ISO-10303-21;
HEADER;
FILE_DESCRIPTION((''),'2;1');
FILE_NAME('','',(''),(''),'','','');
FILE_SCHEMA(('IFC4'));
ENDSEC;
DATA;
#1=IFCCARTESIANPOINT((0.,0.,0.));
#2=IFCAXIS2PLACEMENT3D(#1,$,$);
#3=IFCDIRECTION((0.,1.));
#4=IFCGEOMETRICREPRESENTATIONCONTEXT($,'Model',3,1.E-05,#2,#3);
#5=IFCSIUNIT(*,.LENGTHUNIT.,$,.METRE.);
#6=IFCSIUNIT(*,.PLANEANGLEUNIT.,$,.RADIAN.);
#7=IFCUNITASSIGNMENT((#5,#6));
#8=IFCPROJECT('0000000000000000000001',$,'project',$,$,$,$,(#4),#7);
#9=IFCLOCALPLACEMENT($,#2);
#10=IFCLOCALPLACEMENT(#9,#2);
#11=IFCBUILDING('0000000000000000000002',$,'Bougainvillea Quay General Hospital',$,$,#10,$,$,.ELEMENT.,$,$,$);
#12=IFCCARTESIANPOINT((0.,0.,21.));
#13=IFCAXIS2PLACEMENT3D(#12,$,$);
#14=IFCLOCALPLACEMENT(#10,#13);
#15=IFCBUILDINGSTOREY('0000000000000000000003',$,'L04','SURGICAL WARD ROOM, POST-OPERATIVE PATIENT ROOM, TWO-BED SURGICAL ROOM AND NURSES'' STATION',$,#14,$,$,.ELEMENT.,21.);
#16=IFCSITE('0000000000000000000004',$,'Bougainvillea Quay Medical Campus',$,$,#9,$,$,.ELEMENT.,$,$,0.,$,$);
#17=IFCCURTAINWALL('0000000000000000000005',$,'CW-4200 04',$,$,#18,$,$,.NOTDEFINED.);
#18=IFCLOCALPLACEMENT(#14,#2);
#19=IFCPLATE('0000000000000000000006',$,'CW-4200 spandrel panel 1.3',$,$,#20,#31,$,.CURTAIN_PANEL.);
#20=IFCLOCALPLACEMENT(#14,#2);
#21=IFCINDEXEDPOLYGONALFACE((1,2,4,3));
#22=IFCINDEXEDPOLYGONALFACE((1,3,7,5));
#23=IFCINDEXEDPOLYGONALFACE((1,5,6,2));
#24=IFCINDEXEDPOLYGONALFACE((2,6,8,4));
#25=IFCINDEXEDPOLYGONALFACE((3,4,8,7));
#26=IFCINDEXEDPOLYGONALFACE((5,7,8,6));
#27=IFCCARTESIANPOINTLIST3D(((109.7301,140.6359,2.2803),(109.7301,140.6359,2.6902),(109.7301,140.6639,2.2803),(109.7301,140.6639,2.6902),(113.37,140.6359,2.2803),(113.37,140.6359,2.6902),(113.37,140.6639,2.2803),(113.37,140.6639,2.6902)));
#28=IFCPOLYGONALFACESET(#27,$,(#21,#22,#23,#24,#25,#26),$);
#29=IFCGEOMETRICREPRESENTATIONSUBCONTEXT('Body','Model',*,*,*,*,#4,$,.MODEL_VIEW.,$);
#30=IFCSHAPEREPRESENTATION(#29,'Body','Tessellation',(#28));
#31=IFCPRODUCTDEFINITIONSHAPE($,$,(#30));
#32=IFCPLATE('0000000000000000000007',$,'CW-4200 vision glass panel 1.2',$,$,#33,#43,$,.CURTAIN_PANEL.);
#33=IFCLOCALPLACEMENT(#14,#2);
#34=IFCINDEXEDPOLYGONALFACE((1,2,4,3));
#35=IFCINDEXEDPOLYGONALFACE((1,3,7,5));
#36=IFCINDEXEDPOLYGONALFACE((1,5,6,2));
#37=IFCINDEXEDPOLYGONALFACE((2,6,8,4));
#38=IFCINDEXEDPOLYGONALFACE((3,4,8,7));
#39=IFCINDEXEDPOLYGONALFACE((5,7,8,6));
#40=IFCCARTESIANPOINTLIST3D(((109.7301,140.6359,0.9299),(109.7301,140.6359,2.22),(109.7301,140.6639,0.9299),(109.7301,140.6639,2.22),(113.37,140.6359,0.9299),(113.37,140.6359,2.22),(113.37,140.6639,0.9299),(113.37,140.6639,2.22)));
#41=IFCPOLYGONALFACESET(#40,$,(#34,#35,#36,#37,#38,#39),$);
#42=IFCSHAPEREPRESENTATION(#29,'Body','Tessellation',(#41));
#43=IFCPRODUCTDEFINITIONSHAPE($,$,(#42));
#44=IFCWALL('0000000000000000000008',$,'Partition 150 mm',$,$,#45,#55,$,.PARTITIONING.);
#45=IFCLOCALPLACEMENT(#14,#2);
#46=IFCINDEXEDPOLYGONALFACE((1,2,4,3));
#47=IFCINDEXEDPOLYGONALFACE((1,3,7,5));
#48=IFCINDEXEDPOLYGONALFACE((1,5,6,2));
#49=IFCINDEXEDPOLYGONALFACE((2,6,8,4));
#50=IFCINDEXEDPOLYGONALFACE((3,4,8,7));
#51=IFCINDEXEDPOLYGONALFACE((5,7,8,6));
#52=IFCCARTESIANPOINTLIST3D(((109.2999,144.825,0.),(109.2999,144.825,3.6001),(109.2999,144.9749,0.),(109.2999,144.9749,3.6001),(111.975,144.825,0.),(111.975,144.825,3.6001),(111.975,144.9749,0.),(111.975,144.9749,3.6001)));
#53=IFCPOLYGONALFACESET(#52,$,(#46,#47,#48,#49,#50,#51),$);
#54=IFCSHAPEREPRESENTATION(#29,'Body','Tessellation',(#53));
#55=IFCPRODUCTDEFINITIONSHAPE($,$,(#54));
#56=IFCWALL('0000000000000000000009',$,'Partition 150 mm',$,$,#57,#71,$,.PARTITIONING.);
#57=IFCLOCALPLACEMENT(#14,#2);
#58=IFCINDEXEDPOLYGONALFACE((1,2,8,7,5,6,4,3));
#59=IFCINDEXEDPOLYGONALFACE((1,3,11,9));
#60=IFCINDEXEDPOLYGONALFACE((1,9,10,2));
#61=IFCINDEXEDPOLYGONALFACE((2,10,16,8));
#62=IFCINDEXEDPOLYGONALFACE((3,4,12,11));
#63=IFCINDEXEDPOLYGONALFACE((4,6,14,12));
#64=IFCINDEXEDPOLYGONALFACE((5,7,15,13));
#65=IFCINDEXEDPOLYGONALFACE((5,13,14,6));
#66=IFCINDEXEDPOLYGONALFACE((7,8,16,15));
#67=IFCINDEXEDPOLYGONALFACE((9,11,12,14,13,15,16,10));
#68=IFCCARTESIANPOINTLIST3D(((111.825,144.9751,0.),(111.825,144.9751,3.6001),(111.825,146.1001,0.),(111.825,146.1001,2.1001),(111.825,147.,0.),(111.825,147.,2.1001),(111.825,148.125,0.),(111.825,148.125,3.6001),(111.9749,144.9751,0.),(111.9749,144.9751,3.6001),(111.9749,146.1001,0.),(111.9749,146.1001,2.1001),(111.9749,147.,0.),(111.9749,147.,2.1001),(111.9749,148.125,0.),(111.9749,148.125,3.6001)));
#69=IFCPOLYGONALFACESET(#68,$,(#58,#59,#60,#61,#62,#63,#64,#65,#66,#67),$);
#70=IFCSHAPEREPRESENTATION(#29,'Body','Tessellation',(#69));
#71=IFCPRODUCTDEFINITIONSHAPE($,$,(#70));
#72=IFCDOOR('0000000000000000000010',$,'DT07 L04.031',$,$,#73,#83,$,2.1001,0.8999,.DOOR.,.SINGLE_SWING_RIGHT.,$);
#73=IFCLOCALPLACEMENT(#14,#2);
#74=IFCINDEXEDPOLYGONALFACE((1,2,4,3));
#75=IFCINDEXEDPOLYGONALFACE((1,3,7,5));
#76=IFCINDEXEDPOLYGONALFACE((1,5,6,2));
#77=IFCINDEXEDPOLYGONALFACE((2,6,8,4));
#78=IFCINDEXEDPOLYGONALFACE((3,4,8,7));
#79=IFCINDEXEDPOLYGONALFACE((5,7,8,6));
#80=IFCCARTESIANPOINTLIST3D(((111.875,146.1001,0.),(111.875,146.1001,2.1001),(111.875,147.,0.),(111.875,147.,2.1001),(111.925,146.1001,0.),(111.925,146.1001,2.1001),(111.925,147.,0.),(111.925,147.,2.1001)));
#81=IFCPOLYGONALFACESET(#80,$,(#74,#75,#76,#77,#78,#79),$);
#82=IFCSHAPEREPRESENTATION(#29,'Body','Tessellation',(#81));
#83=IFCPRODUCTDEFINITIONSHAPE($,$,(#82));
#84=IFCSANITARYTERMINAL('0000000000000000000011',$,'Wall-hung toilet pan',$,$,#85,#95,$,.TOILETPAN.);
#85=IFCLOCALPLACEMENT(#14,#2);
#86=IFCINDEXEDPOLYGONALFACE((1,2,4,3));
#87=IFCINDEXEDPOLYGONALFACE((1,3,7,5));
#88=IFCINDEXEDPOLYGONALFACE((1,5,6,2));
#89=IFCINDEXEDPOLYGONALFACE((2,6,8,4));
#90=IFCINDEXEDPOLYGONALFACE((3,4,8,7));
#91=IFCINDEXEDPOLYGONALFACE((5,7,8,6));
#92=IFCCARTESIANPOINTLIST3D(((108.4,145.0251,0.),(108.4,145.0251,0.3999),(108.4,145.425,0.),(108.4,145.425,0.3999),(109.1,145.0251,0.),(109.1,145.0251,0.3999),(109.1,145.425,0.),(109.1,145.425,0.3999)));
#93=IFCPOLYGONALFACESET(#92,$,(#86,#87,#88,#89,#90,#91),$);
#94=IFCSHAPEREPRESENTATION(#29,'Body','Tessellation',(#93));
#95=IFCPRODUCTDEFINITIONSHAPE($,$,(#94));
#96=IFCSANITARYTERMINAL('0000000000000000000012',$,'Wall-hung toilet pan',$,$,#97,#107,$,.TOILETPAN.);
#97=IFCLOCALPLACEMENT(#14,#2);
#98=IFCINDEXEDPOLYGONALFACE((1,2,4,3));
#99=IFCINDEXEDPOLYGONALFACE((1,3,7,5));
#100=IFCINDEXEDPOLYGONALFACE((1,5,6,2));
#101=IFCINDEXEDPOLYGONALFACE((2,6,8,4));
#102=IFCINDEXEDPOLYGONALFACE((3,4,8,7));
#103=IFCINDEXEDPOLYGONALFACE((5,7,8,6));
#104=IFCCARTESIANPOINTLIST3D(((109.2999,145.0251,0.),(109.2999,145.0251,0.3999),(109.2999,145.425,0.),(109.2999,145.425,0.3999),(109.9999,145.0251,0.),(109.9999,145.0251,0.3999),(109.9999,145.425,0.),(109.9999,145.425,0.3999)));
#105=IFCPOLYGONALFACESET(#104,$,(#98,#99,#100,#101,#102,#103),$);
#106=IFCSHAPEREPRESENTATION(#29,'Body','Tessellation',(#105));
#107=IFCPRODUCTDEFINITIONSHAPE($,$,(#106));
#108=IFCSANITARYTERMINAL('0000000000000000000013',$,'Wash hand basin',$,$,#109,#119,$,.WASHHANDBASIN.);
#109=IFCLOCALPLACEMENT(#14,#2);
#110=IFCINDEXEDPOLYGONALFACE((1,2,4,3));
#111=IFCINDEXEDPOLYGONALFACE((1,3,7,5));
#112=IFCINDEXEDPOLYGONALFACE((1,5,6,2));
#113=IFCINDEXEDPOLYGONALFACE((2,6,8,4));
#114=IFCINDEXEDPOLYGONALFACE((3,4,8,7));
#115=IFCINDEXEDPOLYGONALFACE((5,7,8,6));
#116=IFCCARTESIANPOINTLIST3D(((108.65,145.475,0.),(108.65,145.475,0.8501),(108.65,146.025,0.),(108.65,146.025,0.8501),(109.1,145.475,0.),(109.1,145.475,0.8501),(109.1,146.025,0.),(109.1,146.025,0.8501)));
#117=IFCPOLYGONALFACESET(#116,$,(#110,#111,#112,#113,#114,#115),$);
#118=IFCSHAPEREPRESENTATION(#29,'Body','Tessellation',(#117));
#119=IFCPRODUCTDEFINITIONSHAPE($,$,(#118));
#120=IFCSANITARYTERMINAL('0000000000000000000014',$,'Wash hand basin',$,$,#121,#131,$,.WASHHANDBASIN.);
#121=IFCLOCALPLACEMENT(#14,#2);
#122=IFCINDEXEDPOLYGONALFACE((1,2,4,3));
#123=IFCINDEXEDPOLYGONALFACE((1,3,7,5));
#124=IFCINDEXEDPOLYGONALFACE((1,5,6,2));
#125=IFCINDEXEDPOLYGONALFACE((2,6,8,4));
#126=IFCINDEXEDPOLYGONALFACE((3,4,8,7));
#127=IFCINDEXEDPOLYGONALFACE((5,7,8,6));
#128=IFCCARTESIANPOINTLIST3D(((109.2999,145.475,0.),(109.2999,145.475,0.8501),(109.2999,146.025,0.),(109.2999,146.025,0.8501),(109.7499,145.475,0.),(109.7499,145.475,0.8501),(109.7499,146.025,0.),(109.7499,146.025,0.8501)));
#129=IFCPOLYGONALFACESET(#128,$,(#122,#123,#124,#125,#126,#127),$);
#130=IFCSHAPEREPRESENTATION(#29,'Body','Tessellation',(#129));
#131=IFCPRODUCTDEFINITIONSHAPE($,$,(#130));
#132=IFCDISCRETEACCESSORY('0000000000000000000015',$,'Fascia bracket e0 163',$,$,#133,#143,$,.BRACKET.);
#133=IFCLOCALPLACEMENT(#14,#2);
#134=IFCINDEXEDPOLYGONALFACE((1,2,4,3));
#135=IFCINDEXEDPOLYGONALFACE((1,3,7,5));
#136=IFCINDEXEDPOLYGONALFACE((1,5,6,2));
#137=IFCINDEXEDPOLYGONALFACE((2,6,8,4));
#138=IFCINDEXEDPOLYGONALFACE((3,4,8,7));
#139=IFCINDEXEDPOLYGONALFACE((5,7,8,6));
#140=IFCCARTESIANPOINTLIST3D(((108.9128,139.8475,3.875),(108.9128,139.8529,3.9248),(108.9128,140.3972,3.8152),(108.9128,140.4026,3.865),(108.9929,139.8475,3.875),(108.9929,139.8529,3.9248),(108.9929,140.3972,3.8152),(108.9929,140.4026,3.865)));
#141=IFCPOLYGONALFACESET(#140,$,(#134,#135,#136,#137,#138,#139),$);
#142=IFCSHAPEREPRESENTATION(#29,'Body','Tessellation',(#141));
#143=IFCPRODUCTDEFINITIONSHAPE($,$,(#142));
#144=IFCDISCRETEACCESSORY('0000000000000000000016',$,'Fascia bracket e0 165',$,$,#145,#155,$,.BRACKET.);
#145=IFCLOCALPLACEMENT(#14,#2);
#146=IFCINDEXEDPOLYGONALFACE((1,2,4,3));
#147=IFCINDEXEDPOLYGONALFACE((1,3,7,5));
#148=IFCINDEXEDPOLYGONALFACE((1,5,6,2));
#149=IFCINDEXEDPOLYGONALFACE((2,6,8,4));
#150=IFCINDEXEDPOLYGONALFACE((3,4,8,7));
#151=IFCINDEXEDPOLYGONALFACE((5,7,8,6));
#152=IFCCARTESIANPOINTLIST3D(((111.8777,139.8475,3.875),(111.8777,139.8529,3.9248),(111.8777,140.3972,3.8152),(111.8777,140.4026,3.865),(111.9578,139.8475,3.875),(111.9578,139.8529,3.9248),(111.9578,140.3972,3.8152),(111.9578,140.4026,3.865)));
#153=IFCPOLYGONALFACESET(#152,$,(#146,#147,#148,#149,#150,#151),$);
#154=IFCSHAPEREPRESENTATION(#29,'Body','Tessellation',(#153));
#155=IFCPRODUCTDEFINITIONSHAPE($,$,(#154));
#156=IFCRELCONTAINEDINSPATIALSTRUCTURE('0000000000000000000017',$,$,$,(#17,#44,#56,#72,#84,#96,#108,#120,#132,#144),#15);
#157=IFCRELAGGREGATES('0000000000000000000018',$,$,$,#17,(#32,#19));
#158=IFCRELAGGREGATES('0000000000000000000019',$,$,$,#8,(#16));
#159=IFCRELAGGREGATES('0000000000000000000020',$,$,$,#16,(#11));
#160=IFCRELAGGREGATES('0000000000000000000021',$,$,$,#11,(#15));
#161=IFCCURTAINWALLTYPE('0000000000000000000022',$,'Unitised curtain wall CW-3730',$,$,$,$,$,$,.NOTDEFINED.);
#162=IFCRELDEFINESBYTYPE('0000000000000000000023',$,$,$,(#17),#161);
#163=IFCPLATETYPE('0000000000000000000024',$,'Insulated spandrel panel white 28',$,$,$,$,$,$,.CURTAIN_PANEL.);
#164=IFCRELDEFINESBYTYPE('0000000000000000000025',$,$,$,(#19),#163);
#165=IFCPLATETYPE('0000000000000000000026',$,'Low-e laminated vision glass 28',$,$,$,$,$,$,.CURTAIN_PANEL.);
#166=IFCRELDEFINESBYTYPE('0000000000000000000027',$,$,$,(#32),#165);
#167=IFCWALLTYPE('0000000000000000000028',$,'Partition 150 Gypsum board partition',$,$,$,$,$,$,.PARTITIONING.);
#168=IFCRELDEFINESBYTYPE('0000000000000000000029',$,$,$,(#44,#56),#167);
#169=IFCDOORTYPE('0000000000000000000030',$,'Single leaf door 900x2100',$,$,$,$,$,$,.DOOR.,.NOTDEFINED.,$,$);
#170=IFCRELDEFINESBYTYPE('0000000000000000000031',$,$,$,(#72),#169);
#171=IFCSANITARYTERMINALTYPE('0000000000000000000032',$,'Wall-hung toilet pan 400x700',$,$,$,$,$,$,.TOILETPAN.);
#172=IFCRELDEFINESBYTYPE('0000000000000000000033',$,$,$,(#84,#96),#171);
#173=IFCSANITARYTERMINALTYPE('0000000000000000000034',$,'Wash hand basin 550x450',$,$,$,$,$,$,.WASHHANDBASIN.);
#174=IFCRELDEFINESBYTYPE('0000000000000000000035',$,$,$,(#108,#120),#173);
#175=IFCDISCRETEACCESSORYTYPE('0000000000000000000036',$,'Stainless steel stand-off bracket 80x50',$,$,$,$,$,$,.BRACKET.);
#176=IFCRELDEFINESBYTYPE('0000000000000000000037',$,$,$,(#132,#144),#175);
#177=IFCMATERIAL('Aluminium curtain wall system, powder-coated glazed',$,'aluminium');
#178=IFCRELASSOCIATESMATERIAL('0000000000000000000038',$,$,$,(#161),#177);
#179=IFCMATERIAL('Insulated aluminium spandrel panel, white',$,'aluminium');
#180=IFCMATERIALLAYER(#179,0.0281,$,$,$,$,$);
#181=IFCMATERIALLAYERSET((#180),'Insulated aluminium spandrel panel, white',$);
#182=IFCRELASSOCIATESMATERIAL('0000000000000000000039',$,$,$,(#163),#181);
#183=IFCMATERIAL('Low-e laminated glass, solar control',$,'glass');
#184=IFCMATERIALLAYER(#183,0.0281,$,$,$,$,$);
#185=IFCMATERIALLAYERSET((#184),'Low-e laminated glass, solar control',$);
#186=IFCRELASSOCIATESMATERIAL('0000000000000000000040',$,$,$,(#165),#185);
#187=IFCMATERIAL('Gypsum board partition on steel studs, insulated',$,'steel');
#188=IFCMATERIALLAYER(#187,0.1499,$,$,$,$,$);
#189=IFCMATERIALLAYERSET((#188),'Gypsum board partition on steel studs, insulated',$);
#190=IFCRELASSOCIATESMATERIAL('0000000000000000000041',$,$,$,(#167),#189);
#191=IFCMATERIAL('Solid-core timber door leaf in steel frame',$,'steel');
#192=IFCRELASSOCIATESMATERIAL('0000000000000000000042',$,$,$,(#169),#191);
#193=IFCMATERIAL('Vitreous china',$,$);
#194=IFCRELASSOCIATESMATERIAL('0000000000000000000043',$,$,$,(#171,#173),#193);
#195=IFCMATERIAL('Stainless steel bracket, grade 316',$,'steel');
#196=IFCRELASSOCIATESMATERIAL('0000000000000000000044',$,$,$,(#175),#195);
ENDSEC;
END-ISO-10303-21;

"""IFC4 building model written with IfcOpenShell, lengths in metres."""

from ifc_helpers import new_model, si_unit, direction, frame, frame_2d, origin, origin_2d, place, context, subcontext, project, spatial, rectangle, extrude, material, layer, layer_set, material_profile, profile_set, type_object, element, fill, aggregate, save


model = new_model("IFC4")

# Units and contexts
model_context = context("Model", 3, precision=1e-05, world=origin(), true_north=direction((0.0, 1.0)))
body_context = subcontext(model_context, "Body", "Model", "MODEL_VIEW")
ifc_project = project(units=[si_unit("LENGTHUNIT", "METRE"), si_unit("PLANEANGLEUNIT", "RADIAN")], contexts=[model_context])

# Site, building, storey
site_placement = place(None, origin())
site = spatial("IfcSite", under=ifc_project, at=site_placement, Name="Bougainvillea Quay Medical Campus", CompositionType="ELEMENT", RefElevation=0.0)
building_placement = place(site_placement, origin())
building = spatial("IfcBuilding", under=site, at=building_placement, Name="Bougainvillea Quay General Hospital", CompositionType="ELEMENT")
storey_placement = place(building_placement, frame((0.0, 0.0, 21.0)))
storey = spatial("IfcBuildingStorey", under=building, at=storey_placement, Name="L04", Description="SURGICAL WARD ROOM, POST-OPERATIVE PATIENT ROOM, TWO-BED SURGICAL ROOM AND NURSES' STATION", CompositionType="ELEMENT", Elevation=21.0)

# Shared definitions
ifc_material_1 = material(Name="Aluminium curtain wall system, powder-coated glazed", Category="aluminium")
curtain_wall_type = type_object("IfcCurtainWallType", Name="Unitised curtain wall CW-3730", PredefinedType="NOTDEFINED", material=ifc_material_1)

# Curtain wall
curtain_wall_1_placement = place(storey_placement, origin())
curtain_wall_1 = element("IfcCurtainWall", 1, at=curtain_wall_1_placement, inside=storey, type_object=curtain_wall_type, Name="CW-4200 04", PredefinedType="NOTDEFINED")

# Plates
ifc_material_2 = material(Name="Insulated aluminium spandrel panel, white", Category="aluminium")
ifc_layer_1 = layer(ifc_material_2, 0.0281)
ifc_layer_set_1 = layer_set([ifc_layer_1], Name="Insulated aluminium spandrel panel, white")
plate_type_1 = type_object("IfcPlateType", Name="Insulated spandrel panel white 28", PredefinedType="CURTAIN_PANEL", material=ifc_layer_set_1)
plate_1_placement = place(storey_placement, frame((111.55, 140.6499, 2.2803), z_axis=(0.0, 0.0, 1.0), x_axis=(1.0, 0.0, 0.0)))
plate_1 = element("IfcPlate", 2, at=plate_1_placement, type_object=plate_type_1, Name="CW-4200 spandrel panel 1.3", PredefinedType="CURTAIN_PANEL", context=body_context, shape_type="SweptSolid", body=[
    extrude(rectangle(XDim=3.6399, YDim=0.0281, at=origin_2d()), origin(), (0.0, 0.0, 1.0), 0.4099),
])
ifc_material_3 = material(Name="Low-e laminated glass, solar control", Category="glass")
ifc_layer_2 = layer(ifc_material_3, 0.0281)
ifc_layer_set_2 = layer_set([ifc_layer_2], Name="Low-e laminated glass, solar control")
plate_type_2 = type_object("IfcPlateType", Name="Low-e laminated vision glass 28", PredefinedType="CURTAIN_PANEL", material=ifc_layer_set_2)
plate_2_placement = place(storey_placement, frame((111.55, 140.6499, 0.9299), z_axis=(0.0, 0.0, 1.0), x_axis=(1.0, 0.0, 0.0)))
plate_2 = element("IfcPlate", 3, at=plate_2_placement, type_object=plate_type_2, Name="CW-4200 vision glass panel 1.2", PredefinedType="CURTAIN_PANEL", context=body_context, shape_type="SweptSolid", body=[
    extrude(rectangle(XDim=3.6399, YDim=0.0281, at=origin_2d()), origin(), (0.0, 0.0, 1.0), 1.29),
])
aggregate(curtain_wall_1, [plate_2, plate_1])

# Wall
ifc_material_4 = material(Name="Gypsum board partition on steel studs, insulated", Category="steel")
ifc_layer_3 = layer(ifc_material_4, 0.1499)
ifc_layer_set_3 = layer_set([ifc_layer_3], Name="Gypsum board partition on steel studs, insulated")
wall_type = type_object("IfcWallType", Name="Partition 150 Gypsum board partition", PredefinedType="PARTITIONING", material=ifc_layer_set_3)
wall_1_placement = place(storey_placement, frame((109.3, 144.8999, 0.0), z_axis=(0.0, 0.0, 1.0), x_axis=(1.0, 0.0, 0.0)))
element("IfcWall", 4, at=wall_1_placement, inside=storey, type_object=wall_type, Name="Partition 150 mm", PredefinedType="PARTITIONING", context=body_context, shape_type="SweptSolid", body=[
    extrude(rectangle(XDim=2.675, YDim=0.1499, at=frame_2d((1.3374, 0.0))), origin(), (0.0, 0.0, 1.0), 3.6001),
])

# Wall, opening, door
wall_2_placement = place(storey_placement, frame((111.8999, 144.9751, 0.0), z_axis=(0.0, 0.0, 1.0), x_axis=(0.0, 1.0, 0.0)))
wall_2 = element("IfcWall", 5, at=wall_2_placement, inside=storey, type_object=wall_type, Name="Partition 150 mm", PredefinedType="PARTITIONING", context=body_context, shape_type="SweptSolid", body=[
    extrude(rectangle(XDim=3.1499, YDim=0.1499, at=frame_2d((1.575, 0.0))), origin(), (0.0, 0.0, 1.0), 3.6001),
])
opening_placement = place(wall_2_placement, frame((1.125, 0.0, 0.0)))
opening = element("IfcOpeningElement", 6, at=opening_placement, cuts=wall_2, PredefinedType="OPENING", context=body_context, shape_type="SweptSolid", body=[
    extrude(rectangle(XDim=0.8999, YDim=2.1001, at=frame_2d((0.45, 1.05))), frame((0.0, 0.085, 0.0), z_axis=(0.0, -1.0, 0.0), x_axis=(1.0, 0.0, 0.0)), (0.0, 0.0, 1.0), 0.1699),
])
ifc_material_5 = material(Name="Solid-core timber door leaf in steel frame", Category="steel")
door_type = type_object("IfcDoorType", Name="Single leaf door 900x2100", OperationType="NOTDEFINED", PredefinedType="DOOR", material=ifc_material_5)
door_placement = place(opening_placement, origin())
door = element("IfcDoor", 7, at=door_placement, inside=storey, type_object=door_type, Name="DT07 L04.031", OperationType="SINGLE_SWING_RIGHT", OverallHeight=2.1001, OverallWidth=0.8999, PredefinedType="DOOR", context=body_context, shape_type="SweptSolid", body=[
    extrude(rectangle(XDim=0.8999, YDim=2.1001, at=frame_2d((0.45, 1.05))), frame((0.0, 0.0249, 0.0), z_axis=(0.0, -1.0, 0.0), x_axis=(1.0, 0.0, 0.0)), (0.0, 0.0, 1.0), 0.05),
])
fill(opening, door)

# Sanitary terminals
ifc_material_6 = material(Name="Vitreous china")
sanitary_terminal_type_1 = type_object("IfcSanitaryTerminalType", Name="Wall-hung toilet pan 400x700", PredefinedType="TOILETPAN", material=ifc_material_6)
for number, where, z_axis, x_axis, name in (
    (8, (108.75, 145.2251, 0.0), (0.0, 0.0, 1.0), (0.0, -1.0, 0.0), "Wall-hung toilet pan"),
    (9, (109.6499, 145.2251, 0.0), (0.0, 0.0, 1.0), (0.0, 1.0, 0.0), "Wall-hung toilet pan"),
):
    element("IfcSanitaryTerminal", number, at=place(storey_placement, frame(where, z_axis=z_axis, x_axis=x_axis)), inside=storey, type_object=sanitary_terminal_type_1, Name=name, PredefinedType="TOILETPAN", context=body_context, shape_type="SweptSolid", body=[
        extrude(rectangle(XDim=0.3999, YDim=0.7, at=origin_2d()), origin(), (0.0, 0.0, 1.0), 0.3999),
    ])
sanitary_terminal_type_2 = type_object("IfcSanitaryTerminalType", Name="Wash hand basin 550x450", PredefinedType="WASHHANDBASIN", material=ifc_material_6)
for number, where, z_axis, x_axis, name in (
    (10, (108.875, 145.75, 0.0), (0.0, 0.0, 1.0), (0.0, -1.0, 0.0), "Wash hand basin"),
    (11, (109.5249, 145.75, 0.0), (0.0, 0.0, 1.0), (0.0, 1.0, 0.0), "Wash hand basin"),
):
    element("IfcSanitaryTerminal", number, at=place(storey_placement, frame(where, z_axis=z_axis, x_axis=x_axis)), inside=storey, type_object=sanitary_terminal_type_2, Name=name, PredefinedType="WASHHANDBASIN", context=body_context, shape_type="SweptSolid", body=[
        extrude(rectangle(XDim=0.55, YDim=0.45, at=origin_2d()), origin(), (0.0, 0.0, 1.0), 0.8501),
    ])

# Discrete accessories
ifc_material_7 = material(Name="Stainless steel bracket, grade 316", Category="steel")
ifc_material_profile_1 = material_profile(ifc_material_7, rectangle(XDim=0.0801, YDim=0.05, at=origin_2d()))
ifc_profile_set_1 = profile_set([ifc_material_profile_1], Name="Stainless steel bracket, grade 316")
discrete_accessory_type = type_object("IfcDiscreteAccessoryType", Name="Stainless steel stand-off bracket 80x50", PredefinedType="BRACKET", material=ifc_profile_set_1)
for number, where, z_axis, x_axis, name in (
    (12, (108.9529, 140.3999, 3.8401), (0.0, -0.994134, 0.108154), (1.0, 0.0, 0.0), "Fascia bracket e0 163"),
    (13, (111.9177, 140.3999, 3.8401), (0.0, -0.994134, 0.108154), (1.0, 0.0, 0.0), "Fascia bracket e0 165"),
):
    element("IfcDiscreteAccessory", number, at=place(storey_placement, frame(where, z_axis=z_axis, x_axis=x_axis)), inside=storey, type_object=discrete_accessory_type, Name=name, PredefinedType="BRACKET", context=body_context, shape_type="SweptSolid", body=[
        extrude(rectangle(XDim=0.0801, YDim=0.05, at=origin_2d()), origin(), (0.0, 0.0, 1.0), 0.553),
    ])

save(model, "model.ifc")
